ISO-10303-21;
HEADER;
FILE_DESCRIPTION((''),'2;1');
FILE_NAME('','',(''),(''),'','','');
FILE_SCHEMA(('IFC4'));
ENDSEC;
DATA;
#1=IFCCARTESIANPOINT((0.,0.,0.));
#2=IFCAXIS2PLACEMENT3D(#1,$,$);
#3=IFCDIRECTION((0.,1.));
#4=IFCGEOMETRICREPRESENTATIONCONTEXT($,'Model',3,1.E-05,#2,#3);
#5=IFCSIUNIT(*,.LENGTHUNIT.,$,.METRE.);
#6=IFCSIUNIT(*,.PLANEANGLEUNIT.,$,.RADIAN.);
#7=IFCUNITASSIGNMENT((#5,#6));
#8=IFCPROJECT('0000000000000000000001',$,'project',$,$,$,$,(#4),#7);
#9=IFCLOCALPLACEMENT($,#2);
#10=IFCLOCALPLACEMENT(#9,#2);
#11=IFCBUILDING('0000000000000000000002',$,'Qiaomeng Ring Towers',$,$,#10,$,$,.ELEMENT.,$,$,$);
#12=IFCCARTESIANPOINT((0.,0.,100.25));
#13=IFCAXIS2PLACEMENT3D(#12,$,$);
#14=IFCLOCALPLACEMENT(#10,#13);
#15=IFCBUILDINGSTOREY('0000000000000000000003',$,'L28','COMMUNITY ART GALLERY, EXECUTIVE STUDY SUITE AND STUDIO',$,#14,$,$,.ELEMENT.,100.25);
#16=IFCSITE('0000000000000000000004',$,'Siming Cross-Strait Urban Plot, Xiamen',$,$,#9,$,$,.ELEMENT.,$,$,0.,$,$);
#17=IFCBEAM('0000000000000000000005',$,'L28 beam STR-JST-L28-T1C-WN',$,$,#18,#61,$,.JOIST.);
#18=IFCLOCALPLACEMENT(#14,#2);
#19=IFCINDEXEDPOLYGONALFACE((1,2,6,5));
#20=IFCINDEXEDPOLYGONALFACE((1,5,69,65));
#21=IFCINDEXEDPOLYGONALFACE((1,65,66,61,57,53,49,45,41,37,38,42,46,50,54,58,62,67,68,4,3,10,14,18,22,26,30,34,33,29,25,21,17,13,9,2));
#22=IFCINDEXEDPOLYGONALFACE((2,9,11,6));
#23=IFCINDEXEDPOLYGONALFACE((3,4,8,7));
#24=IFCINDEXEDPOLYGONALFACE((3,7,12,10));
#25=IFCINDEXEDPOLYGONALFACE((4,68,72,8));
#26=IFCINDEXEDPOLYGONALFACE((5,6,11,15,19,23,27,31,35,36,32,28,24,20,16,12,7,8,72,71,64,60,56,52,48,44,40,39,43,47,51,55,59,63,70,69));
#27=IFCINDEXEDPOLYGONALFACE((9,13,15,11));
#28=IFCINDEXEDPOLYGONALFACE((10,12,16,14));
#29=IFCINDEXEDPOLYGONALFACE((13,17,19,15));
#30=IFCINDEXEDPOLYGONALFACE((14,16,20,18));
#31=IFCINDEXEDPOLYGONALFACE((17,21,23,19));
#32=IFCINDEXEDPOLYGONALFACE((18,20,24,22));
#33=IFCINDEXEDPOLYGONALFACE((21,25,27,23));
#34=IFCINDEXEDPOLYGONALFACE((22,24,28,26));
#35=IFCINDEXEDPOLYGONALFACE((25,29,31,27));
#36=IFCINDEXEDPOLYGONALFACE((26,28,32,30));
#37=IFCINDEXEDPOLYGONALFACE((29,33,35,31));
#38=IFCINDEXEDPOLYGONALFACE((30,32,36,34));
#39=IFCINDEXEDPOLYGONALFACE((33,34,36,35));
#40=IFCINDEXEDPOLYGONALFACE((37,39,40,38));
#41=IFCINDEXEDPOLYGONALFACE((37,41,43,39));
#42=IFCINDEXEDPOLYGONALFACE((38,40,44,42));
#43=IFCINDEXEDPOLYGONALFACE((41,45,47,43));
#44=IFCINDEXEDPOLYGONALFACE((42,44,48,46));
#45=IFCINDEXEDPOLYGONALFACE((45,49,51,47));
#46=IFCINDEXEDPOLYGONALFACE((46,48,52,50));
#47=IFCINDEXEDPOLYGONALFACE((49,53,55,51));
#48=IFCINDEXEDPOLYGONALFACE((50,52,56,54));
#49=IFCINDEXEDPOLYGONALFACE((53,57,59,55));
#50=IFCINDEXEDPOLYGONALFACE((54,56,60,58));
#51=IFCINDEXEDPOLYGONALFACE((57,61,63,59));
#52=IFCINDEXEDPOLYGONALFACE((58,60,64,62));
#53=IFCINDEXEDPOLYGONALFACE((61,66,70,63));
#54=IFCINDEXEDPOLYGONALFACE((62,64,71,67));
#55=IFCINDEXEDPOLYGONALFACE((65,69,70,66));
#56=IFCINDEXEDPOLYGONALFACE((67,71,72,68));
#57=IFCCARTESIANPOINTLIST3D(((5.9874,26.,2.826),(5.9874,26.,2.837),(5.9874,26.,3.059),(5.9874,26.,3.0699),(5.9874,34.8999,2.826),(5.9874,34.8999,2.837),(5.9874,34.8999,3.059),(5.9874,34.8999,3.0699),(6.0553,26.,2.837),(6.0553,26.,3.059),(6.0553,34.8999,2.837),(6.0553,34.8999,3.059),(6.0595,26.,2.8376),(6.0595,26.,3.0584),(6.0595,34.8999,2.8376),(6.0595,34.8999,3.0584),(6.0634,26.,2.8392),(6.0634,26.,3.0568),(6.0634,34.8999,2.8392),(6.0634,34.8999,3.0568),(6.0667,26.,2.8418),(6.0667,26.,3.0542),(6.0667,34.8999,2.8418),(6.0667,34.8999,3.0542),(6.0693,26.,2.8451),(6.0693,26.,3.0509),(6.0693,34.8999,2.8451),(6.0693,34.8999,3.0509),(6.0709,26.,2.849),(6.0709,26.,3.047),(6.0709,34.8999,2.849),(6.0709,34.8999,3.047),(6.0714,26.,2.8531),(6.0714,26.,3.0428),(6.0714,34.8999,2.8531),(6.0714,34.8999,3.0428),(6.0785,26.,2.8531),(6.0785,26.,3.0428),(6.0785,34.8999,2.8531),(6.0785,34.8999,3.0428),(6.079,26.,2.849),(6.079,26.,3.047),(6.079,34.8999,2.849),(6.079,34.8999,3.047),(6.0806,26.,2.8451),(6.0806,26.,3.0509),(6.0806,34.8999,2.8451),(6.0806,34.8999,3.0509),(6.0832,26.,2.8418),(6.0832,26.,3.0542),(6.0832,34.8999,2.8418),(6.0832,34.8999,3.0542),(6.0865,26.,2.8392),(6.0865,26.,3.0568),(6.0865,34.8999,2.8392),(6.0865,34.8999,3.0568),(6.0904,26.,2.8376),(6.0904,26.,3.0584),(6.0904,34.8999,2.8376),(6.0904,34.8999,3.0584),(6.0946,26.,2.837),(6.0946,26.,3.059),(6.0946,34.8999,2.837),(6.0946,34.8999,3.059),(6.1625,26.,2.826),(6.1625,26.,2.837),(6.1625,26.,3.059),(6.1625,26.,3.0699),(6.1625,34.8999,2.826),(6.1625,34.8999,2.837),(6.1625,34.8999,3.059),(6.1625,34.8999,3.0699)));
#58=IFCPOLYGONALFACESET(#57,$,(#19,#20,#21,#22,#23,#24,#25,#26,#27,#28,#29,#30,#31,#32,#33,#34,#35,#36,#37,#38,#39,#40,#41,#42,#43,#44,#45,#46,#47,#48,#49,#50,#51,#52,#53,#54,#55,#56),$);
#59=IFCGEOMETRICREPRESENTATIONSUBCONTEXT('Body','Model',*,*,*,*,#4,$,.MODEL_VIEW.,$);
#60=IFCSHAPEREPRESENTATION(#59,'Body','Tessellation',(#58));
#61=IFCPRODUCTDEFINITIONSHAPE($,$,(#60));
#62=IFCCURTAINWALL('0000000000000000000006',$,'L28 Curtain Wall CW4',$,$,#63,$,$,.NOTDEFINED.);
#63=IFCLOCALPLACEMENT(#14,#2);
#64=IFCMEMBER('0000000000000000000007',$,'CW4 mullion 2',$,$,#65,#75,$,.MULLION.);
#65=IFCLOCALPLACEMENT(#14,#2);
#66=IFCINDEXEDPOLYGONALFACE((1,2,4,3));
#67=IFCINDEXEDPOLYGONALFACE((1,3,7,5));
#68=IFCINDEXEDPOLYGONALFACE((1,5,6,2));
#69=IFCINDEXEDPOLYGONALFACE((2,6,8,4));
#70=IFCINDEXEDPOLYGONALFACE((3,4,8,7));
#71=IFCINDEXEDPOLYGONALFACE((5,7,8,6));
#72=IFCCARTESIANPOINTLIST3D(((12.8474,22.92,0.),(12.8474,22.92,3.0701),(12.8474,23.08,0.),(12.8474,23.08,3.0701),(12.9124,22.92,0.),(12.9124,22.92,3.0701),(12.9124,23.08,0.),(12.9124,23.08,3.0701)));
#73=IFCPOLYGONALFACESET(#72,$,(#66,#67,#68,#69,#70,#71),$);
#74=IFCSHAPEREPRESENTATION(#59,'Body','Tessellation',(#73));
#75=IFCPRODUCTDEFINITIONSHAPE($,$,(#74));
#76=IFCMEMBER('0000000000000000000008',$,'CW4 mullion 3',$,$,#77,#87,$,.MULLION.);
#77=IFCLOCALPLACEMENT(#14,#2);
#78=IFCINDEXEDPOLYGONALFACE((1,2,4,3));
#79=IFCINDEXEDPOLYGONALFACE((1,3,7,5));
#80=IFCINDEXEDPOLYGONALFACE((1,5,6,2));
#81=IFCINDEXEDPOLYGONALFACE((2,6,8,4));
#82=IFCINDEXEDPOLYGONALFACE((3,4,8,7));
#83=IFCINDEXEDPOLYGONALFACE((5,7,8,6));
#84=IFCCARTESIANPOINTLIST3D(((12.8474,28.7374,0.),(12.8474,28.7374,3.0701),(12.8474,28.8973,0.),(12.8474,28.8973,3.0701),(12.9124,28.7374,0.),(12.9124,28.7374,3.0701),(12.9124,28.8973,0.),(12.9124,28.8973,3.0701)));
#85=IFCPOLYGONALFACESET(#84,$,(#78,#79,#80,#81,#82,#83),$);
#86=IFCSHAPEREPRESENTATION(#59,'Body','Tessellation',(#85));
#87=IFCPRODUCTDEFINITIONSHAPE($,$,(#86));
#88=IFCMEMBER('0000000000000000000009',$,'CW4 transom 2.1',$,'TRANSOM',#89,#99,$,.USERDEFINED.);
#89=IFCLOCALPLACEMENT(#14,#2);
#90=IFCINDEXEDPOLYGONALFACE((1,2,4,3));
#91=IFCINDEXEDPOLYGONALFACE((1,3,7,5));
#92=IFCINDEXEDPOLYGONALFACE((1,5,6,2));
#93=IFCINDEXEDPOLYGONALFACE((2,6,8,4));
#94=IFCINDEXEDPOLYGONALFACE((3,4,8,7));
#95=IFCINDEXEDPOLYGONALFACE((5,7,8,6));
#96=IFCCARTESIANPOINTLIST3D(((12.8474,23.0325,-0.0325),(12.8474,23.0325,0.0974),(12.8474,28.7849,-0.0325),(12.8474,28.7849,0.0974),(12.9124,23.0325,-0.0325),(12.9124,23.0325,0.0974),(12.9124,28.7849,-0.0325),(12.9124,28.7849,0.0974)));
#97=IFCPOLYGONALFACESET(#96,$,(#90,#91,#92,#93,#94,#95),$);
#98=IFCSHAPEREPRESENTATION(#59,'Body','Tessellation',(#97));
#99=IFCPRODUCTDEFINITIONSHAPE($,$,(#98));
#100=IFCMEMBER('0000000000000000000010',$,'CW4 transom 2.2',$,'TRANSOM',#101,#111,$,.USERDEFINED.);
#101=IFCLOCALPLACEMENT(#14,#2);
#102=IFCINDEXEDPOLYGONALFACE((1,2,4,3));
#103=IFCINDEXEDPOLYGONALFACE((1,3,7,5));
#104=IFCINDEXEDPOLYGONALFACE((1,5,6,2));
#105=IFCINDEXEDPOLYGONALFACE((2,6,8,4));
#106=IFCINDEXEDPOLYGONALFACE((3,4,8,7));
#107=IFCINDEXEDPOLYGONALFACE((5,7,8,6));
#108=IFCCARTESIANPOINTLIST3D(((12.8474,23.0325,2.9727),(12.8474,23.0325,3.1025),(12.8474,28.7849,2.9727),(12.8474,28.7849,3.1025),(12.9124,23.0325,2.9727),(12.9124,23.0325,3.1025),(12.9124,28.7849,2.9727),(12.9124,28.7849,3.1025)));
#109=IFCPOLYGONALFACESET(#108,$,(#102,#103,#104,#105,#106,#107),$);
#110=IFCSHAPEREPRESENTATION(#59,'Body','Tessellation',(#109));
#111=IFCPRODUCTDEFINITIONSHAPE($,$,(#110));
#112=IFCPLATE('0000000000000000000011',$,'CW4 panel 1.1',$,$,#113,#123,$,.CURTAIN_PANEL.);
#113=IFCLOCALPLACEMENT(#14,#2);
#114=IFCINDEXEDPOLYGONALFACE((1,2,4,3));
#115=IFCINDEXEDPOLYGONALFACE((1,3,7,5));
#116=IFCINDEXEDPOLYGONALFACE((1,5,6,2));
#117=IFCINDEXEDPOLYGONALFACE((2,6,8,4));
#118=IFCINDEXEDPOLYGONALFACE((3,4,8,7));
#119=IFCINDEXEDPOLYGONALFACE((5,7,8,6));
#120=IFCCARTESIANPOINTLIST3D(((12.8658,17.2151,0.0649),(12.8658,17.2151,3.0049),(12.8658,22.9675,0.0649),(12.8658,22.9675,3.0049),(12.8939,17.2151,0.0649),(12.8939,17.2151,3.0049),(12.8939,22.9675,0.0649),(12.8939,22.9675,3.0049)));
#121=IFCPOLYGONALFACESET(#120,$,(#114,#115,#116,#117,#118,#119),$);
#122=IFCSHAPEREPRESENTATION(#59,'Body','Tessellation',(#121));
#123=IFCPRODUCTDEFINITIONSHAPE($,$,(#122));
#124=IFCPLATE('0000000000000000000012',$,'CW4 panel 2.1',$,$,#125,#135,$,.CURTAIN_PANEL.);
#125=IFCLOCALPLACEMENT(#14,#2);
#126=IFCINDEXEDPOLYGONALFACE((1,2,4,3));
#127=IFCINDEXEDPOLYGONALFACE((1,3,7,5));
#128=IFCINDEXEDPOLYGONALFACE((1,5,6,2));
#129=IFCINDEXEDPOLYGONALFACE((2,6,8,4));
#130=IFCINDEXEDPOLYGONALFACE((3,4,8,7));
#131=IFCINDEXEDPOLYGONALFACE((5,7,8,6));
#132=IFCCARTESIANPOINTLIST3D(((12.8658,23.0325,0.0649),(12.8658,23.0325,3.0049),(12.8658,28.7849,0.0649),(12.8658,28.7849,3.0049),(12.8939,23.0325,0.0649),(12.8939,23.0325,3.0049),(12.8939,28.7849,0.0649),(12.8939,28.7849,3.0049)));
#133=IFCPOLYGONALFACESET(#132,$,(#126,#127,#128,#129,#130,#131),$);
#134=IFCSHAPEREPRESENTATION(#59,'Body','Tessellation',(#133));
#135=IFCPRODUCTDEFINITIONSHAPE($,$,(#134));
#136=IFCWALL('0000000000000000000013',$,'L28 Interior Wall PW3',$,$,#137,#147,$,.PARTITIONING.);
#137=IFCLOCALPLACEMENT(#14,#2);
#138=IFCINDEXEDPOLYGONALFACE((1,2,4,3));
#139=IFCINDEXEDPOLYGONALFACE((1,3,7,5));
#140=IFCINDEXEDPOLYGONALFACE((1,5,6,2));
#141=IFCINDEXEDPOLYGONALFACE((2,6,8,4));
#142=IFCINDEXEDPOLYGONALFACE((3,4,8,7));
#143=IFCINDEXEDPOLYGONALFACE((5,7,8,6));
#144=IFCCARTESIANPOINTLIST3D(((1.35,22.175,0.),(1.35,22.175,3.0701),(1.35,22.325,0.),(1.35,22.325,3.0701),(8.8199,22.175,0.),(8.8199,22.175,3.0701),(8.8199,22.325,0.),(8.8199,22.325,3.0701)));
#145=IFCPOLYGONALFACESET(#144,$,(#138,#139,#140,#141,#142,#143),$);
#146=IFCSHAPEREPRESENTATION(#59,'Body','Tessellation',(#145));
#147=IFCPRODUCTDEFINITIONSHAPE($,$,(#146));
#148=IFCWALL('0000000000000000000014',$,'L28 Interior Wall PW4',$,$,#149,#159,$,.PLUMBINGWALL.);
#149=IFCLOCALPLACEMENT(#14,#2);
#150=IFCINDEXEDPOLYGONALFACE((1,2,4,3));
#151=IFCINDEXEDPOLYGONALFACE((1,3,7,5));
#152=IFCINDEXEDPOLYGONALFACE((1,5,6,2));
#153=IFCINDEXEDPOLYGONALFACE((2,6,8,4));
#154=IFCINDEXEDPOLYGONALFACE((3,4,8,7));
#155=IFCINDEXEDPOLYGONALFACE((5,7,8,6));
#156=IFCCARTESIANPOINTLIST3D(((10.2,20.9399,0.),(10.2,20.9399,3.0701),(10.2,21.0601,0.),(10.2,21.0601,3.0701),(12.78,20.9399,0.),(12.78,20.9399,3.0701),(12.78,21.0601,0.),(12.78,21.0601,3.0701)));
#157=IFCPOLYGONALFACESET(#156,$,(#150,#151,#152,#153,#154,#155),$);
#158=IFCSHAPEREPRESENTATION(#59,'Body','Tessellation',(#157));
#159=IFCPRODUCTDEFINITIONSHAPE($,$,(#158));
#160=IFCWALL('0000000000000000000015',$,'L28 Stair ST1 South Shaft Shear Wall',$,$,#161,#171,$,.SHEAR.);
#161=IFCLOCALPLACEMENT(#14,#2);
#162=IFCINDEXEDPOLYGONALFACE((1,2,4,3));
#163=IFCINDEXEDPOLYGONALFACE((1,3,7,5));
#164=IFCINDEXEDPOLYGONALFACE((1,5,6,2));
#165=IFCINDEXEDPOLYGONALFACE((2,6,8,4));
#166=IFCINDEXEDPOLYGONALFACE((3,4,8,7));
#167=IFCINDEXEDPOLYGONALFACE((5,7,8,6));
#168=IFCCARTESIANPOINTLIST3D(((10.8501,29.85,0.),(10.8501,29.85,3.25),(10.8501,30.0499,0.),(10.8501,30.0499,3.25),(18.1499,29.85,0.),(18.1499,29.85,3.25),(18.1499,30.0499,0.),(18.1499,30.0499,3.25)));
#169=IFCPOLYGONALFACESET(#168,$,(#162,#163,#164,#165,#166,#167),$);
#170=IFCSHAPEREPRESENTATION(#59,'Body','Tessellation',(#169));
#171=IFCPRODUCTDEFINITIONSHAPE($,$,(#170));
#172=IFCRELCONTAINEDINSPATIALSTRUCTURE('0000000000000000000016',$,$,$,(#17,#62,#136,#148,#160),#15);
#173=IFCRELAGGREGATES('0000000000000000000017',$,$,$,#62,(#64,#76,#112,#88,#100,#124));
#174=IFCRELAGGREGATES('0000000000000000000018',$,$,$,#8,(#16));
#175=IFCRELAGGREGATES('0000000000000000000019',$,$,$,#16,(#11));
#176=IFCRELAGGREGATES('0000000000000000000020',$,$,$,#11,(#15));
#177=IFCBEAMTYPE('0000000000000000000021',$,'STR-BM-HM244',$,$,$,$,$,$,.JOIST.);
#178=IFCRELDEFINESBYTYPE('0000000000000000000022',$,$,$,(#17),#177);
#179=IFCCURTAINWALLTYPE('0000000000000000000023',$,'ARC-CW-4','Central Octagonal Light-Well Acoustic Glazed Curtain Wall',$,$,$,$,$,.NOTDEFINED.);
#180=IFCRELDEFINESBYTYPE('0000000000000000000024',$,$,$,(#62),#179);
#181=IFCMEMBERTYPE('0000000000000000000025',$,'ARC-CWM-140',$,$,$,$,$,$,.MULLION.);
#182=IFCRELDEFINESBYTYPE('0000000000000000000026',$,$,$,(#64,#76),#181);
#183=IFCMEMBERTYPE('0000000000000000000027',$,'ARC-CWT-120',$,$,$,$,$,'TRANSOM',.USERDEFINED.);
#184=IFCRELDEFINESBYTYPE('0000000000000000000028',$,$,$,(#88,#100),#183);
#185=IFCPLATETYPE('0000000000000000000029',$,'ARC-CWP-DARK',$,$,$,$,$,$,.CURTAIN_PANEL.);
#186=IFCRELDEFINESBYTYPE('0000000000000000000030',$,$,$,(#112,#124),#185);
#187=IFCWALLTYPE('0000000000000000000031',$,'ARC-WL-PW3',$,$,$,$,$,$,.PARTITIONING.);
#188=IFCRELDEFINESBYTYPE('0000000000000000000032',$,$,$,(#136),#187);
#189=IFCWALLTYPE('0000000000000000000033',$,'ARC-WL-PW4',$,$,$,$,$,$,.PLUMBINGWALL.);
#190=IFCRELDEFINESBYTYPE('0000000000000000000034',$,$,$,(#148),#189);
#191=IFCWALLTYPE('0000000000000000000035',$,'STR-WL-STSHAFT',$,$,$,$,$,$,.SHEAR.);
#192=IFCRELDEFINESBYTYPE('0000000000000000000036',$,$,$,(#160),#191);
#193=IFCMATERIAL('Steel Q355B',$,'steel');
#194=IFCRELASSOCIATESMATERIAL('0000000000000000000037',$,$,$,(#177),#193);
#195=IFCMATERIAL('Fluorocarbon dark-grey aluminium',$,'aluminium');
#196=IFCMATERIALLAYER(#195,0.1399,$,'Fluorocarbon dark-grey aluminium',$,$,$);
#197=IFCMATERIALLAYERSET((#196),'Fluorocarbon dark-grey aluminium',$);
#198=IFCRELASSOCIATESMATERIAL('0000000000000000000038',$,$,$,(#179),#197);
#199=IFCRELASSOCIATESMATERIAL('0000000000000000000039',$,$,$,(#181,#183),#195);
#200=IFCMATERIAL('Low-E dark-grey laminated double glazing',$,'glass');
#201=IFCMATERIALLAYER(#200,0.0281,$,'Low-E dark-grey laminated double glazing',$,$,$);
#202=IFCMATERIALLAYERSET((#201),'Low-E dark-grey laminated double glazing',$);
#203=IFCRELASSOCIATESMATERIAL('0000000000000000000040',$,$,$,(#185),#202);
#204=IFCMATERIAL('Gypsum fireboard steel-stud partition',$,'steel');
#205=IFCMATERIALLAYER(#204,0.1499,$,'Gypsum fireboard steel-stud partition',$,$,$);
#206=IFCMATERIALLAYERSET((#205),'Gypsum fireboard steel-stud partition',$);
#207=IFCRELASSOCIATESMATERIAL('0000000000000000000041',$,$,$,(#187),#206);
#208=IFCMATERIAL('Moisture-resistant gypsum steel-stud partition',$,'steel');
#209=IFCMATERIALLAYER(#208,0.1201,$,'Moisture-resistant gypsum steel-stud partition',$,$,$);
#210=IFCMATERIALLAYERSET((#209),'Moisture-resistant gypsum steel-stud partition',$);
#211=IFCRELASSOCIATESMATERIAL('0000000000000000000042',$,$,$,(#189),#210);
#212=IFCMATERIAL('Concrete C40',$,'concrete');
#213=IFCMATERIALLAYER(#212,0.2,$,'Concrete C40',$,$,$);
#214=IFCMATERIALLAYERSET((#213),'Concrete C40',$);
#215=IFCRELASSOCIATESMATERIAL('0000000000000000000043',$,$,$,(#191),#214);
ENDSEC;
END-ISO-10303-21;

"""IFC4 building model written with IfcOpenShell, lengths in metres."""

from ifc_helpers import new_model, si_unit, direction, frame, frame_2d, origin, origin_2d, place, context, subcontext, project, spatial, rectangle, i_section, extrude, source, transform, mapped, material, layer, layer_set, material_profile, profile_set, type_object, element, aggregate, save


model = new_model("IFC4")

# Units and contexts
model_context = context("Model", 3, precision=1e-05, world=origin(), true_north=direction((0.0, 1.0)))
body_context = subcontext(model_context, "Body", "Model", "MODEL_VIEW")
ifc_project = project(units=[si_unit("LENGTHUNIT", "METRE"), si_unit("PLANEANGLEUNIT", "RADIAN")], contexts=[model_context])

# Site, building, storey
site_placement = place(None, origin())
site = spatial("IfcSite", under=ifc_project, at=site_placement, Name="Siming Cross-Strait Urban Plot, Xiamen", CompositionType="ELEMENT", RefElevation=0.0)
building_placement = place(site_placement, origin())
building = spatial("IfcBuilding", under=site, at=building_placement, Name="Qiaomeng Ring Towers", CompositionType="ELEMENT")
storey_placement = place(building_placement, frame((0.0, 0.0, 100.25)))
storey = spatial("IfcBuildingStorey", under=building, at=storey_placement, Name="L28", Description="COMMUNITY ART GALLERY, EXECUTIVE STUDY SUITE AND STUDIO", CompositionType="ELEMENT", Elevation=100.25)

# Beam
ifc_material_1 = material(Name="Steel Q355B", Category="steel")
ifc_material_profile_1 = material_profile(ifc_material_1, i_section(OverallWidth=0.175, OverallDepth=0.2439, WebThickness=0.0071, FlangeThickness=0.011, FilletRadius=0.0161, at=origin_2d()), Name="HM 244x175x7x11")
ifc_profile_set_1 = profile_set([ifc_material_profile_1], Name="Steel Q355B")
beam_type_1 = type_object("IfcBeamType", Name="STR-BM-HM244", PredefinedType="JOIST", material=ifc_profile_set_1)
shared_shape_1 = source(origin(), body_context, "Body", "SweptSolid", [
    extrude(i_section(OverallWidth=0.175, OverallDepth=0.2439, WebThickness=0.0071, FlangeThickness=0.011, FilletRadius=0.0161, at=origin_2d()), origin(), (0.0, 0.0, 1.0), 8.8999),
])
beam_1_placement = place(storey_placement, frame((6.075, 26.0, 2.948), z_axis=(0.0, 1.0, 0.0), x_axis=(-1.0, 0.0, 0.0)))
element("IfcBeam", 1, at=beam_1_placement, inside=storey, type_object=beam_type_1, Name="L28 beam STR-JST-L28-T1C-WN", PredefinedType="JOIST", context=body_context, shape_type="MappedRepresentation", body=[
    mapped(shared_shape_1, transform((0.0, 0.0, 0.0), x_axis=(1.0, 0.0, 0.0), y_axis=(0.0, 1.0, 0.0), z_axis=(0.0, 0.0, 1.0), scale=1.0)),
])

# Curtain wall, members, plates
ifc_material_2 = material(Name="Fluorocarbon dark-grey aluminium", Category="aluminium")
ifc_layer_1 = layer(ifc_material_2, 0.1399, Name="Fluorocarbon dark-grey aluminium")
ifc_layer_set_1 = layer_set([ifc_layer_1], Name="Fluorocarbon dark-grey aluminium")
curtain_wall_type = type_object("IfcCurtainWallType", Name="ARC-CW-4", Description="Central Octagonal Light-Well Acoustic Glazed Curtain Wall", PredefinedType="NOTDEFINED", material=ifc_layer_set_1)
curtain_wall_placement = place(storey_placement, origin())
curtain_wall = element("IfcCurtainWall", 2, at=curtain_wall_placement, inside=storey, type_object=curtain_wall_type, Name="L28 Curtain Wall CW4", PredefinedType="NOTDEFINED")
ifc_material_profile_2 = material_profile(ifc_material_2, rectangle(XDim=0.0649, YDim=0.1599, at=origin_2d()), Name="ALU MULL 65x160")
ifc_profile_set_2 = profile_set([ifc_material_profile_2], Name="Fluorocarbon dark-grey aluminium")
member_type_1 = type_object("IfcMemberType", Name="ARC-CWM-140", PredefinedType="MULLION", material=ifc_profile_set_2)
shared_shape_2 = source(origin(), body_context, "Body", "SweptSolid", [
    extrude(rectangle(XDim=0.0649, YDim=0.1599, at=origin_2d()), origin(), (0.0, 0.0, 1.0), 3.0701),
])
member_1_placement = place(storey_placement, frame((12.8799, 23.0, 0.0), z_axis=(0.0, 0.0, 1.0), x_axis=(-1.0, 0.0, 0.0)))
member_1 = element("IfcMember", 3, at=member_1_placement, type_object=member_type_1, Name="CW4 mullion 2", PredefinedType="MULLION", context=body_context, shape_type="MappedRepresentation", body=[
    mapped(shared_shape_2, transform((0.0, 0.0, 0.0), x_axis=(1.0, 0.0, 0.0), y_axis=(0.0, 1.0, 0.0), z_axis=(0.0, 0.0, 1.0), scale=1.0)),
])
member_2_placement = place(storey_placement, frame((12.8799, 28.8174, 0.0), z_axis=(0.0, 0.0, 1.0), x_axis=(-1.0, 0.0, 0.0)))
member_2 = element("IfcMember", 4, at=member_2_placement, type_object=member_type_1, Name="CW4 mullion 3", PredefinedType="MULLION", context=body_context, shape_type="MappedRepresentation", body=[
    mapped(shared_shape_2, transform((0.0, 0.0, 0.0), x_axis=(1.0, 0.0, 0.0), y_axis=(0.0, 1.0, 0.0), z_axis=(0.0, 0.0, 1.0), scale=1.0)),
])
ifc_material_profile_3 = material_profile(ifc_material_2, rectangle(XDim=0.0649, YDim=0.1299, at=origin_2d()), Name="ALU TRAN 65x130")
ifc_profile_set_3 = profile_set([ifc_material_profile_3], Name="Fluorocarbon dark-grey aluminium")
member_type_2 = type_object("IfcMemberType", Name="ARC-CWT-120", ElementType="TRANSOM", PredefinedType="USERDEFINED", material=ifc_profile_set_3)
shared_shape_3 = source(origin(), body_context, "Body", "SweptSolid", [
    extrude(rectangle(XDim=0.0649, YDim=0.1299, at=origin_2d()), origin(), (0.0, 0.0, 1.0), 5.7524),
])
member_3_placement = place(storey_placement, frame((12.8799, 23.0325, 0.0325), z_axis=(0.0, 1.0, 0.0), x_axis=(-1.0, 0.0, 0.0)))
member_3 = element("IfcMember", 5, at=member_3_placement, type_object=member_type_2, Name="CW4 transom 2.1", ObjectType="TRANSOM", PredefinedType="USERDEFINED", context=body_context, shape_type="MappedRepresentation", body=[
    mapped(shared_shape_3, transform((0.0, 0.0, 0.0), x_axis=(1.0, 0.0, 0.0), y_axis=(0.0, 1.0, 0.0), z_axis=(0.0, 0.0, 1.0), scale=1.0)),
])
member_4_placement = place(storey_placement, frame((12.8799, 23.0325, 3.0376), z_axis=(0.0, 1.0, 0.0), x_axis=(-1.0, 0.0, 0.0)))
member_4 = element("IfcMember", 6, at=member_4_placement, type_object=member_type_2, Name="CW4 transom 2.2", ObjectType="TRANSOM", PredefinedType="USERDEFINED", context=body_context, shape_type="MappedRepresentation", body=[
    mapped(shared_shape_3, transform((0.0, 0.0, 0.0), x_axis=(1.0, 0.0, 0.0), y_axis=(0.0, 1.0, 0.0), z_axis=(0.0, 0.0, 1.0), scale=1.0)),
])
ifc_material_3 = material(Name="Low-E dark-grey laminated double glazing", Category="glass")
ifc_layer_2 = layer(ifc_material_3, 0.0281, Name="Low-E dark-grey laminated double glazing")
ifc_layer_set_2 = layer_set([ifc_layer_2], Name="Low-E dark-grey laminated double glazing")
plate_type = type_object("IfcPlateType", Name="ARC-CWP-DARK", PredefinedType="CURTAIN_PANEL", material=ifc_layer_set_2)
shared_shape_4 = source(origin(), body_context, "Body", "SweptSolid", [
    extrude(rectangle(XDim=5.7524, YDim=0.0281, at=origin_2d()), origin(), (0.0, 0.0, 1.0), 2.9399),
])
plate_1_placement = place(storey_placement, frame((12.8799, 20.0913, 0.0649), z_axis=(0.0, 0.0, 1.0), x_axis=(0.0, 1.0, 0.0)))
plate_1 = element("IfcPlate", 7, at=plate_1_placement, type_object=plate_type, Name="CW4 panel 1.1", PredefinedType="CURTAIN_PANEL", context=body_context, shape_type="MappedRepresentation", body=[
    mapped(shared_shape_4, transform((0.0, 0.0, 0.0), x_axis=(1.0, 0.0, 0.0), y_axis=(0.0, 1.0, 0.0), z_axis=(0.0, 0.0, 1.0), scale=1.0)),
])
plate_2_placement = place(storey_placement, frame((12.8799, 25.9087, 0.0649), z_axis=(0.0, 0.0, 1.0), x_axis=(0.0, 1.0, 0.0)))
plate_2 = element("IfcPlate", 8, at=plate_2_placement, type_object=plate_type, Name="CW4 panel 2.1", PredefinedType="CURTAIN_PANEL", context=body_context, shape_type="MappedRepresentation", body=[
    mapped(shared_shape_4, transform((0.0, 0.0, 0.0), x_axis=(1.0, 0.0, 0.0), y_axis=(0.0, 1.0, 0.0), z_axis=(0.0, 0.0, 1.0), scale=1.0)),
])
aggregate(curtain_wall, [member_1, member_2, plate_1, member_3, member_4, plate_2])

# Walls
ifc_material_4 = material(Name="Gypsum fireboard steel-stud partition", Category="steel")
ifc_layer_3 = layer(ifc_material_4, 0.1499, Name="Gypsum fireboard steel-stud partition")
ifc_layer_set_3 = layer_set([ifc_layer_3], Name="Gypsum fireboard steel-stud partition")
wall_type_1 = type_object("IfcWallType", Name="ARC-WL-PW3", PredefinedType="PARTITIONING", material=ifc_layer_set_3)
wall_1_placement = place(storey_placement, frame((1.3501, 22.25, 0.0), z_axis=(0.0, 0.0, 1.0), x_axis=(1.0, 0.0, 0.0)))
element("IfcWall", 9, at=wall_1_placement, inside=storey, type_object=wall_type_1, Name="L28 Interior Wall PW3", PredefinedType="PARTITIONING", context=body_context, shape_type="SweptSolid", body=[
    extrude(rectangle(XDim=7.47, YDim=0.1499, at=frame_2d((3.7349, 0.0))), origin(), (0.0, 0.0, 1.0), 3.0701),
])
ifc_material_5 = material(Name="Moisture-resistant gypsum steel-stud partition", Category="steel")
ifc_layer_4 = layer(ifc_material_5, 0.1201, Name="Moisture-resistant gypsum steel-stud partition")
ifc_layer_set_4 = layer_set([ifc_layer_4], Name="Moisture-resistant gypsum steel-stud partition")
wall_type_2 = type_object("IfcWallType", Name="ARC-WL-PW4", PredefinedType="PLUMBINGWALL", material=ifc_layer_set_4)
wall_2_placement = place(storey_placement, frame((10.2, 21.0, 0.0), z_axis=(0.0, 0.0, 1.0), x_axis=(1.0, 0.0, 0.0)))
element("IfcWall", 10, at=wall_2_placement, inside=storey, type_object=wall_type_2, Name="L28 Interior Wall PW4", PredefinedType="PLUMBINGWALL", context=body_context, shape_type="SweptSolid", body=[
    extrude(rectangle(XDim=2.5801, YDim=0.1201, at=frame_2d((1.29, 0.0))), origin(), (0.0, 0.0, 1.0), 3.0701),
])
ifc_material_6 = material(Name="Concrete C40", Category="concrete")
ifc_layer_5 = layer(ifc_material_6, 0.2, Name="Concrete C40")
ifc_layer_set_5 = layer_set([ifc_layer_5], Name="Concrete C40")
wall_type_3 = type_object("IfcWallType", Name="STR-WL-STSHAFT", PredefinedType="SHEAR", material=ifc_layer_set_5)
wall_3_placement = place(storey_placement, frame((10.8501, 29.95, 0.0), z_axis=(0.0, 0.0, 1.0), x_axis=(1.0, 0.0, 0.0)))
element("IfcWall", 11, at=wall_3_placement, inside=storey, type_object=wall_type_3, Name="L28 Stair ST1 South Shaft Shear Wall", PredefinedType="SHEAR", context=body_context, shape_type="SweptSolid", body=[
    extrude(rectangle(XDim=7.2998, YDim=0.2, at=frame_2d((3.6499, 0.0))), origin(), (0.0, 0.0, 1.0), 3.25),
])

save(model, "model.ifc")
